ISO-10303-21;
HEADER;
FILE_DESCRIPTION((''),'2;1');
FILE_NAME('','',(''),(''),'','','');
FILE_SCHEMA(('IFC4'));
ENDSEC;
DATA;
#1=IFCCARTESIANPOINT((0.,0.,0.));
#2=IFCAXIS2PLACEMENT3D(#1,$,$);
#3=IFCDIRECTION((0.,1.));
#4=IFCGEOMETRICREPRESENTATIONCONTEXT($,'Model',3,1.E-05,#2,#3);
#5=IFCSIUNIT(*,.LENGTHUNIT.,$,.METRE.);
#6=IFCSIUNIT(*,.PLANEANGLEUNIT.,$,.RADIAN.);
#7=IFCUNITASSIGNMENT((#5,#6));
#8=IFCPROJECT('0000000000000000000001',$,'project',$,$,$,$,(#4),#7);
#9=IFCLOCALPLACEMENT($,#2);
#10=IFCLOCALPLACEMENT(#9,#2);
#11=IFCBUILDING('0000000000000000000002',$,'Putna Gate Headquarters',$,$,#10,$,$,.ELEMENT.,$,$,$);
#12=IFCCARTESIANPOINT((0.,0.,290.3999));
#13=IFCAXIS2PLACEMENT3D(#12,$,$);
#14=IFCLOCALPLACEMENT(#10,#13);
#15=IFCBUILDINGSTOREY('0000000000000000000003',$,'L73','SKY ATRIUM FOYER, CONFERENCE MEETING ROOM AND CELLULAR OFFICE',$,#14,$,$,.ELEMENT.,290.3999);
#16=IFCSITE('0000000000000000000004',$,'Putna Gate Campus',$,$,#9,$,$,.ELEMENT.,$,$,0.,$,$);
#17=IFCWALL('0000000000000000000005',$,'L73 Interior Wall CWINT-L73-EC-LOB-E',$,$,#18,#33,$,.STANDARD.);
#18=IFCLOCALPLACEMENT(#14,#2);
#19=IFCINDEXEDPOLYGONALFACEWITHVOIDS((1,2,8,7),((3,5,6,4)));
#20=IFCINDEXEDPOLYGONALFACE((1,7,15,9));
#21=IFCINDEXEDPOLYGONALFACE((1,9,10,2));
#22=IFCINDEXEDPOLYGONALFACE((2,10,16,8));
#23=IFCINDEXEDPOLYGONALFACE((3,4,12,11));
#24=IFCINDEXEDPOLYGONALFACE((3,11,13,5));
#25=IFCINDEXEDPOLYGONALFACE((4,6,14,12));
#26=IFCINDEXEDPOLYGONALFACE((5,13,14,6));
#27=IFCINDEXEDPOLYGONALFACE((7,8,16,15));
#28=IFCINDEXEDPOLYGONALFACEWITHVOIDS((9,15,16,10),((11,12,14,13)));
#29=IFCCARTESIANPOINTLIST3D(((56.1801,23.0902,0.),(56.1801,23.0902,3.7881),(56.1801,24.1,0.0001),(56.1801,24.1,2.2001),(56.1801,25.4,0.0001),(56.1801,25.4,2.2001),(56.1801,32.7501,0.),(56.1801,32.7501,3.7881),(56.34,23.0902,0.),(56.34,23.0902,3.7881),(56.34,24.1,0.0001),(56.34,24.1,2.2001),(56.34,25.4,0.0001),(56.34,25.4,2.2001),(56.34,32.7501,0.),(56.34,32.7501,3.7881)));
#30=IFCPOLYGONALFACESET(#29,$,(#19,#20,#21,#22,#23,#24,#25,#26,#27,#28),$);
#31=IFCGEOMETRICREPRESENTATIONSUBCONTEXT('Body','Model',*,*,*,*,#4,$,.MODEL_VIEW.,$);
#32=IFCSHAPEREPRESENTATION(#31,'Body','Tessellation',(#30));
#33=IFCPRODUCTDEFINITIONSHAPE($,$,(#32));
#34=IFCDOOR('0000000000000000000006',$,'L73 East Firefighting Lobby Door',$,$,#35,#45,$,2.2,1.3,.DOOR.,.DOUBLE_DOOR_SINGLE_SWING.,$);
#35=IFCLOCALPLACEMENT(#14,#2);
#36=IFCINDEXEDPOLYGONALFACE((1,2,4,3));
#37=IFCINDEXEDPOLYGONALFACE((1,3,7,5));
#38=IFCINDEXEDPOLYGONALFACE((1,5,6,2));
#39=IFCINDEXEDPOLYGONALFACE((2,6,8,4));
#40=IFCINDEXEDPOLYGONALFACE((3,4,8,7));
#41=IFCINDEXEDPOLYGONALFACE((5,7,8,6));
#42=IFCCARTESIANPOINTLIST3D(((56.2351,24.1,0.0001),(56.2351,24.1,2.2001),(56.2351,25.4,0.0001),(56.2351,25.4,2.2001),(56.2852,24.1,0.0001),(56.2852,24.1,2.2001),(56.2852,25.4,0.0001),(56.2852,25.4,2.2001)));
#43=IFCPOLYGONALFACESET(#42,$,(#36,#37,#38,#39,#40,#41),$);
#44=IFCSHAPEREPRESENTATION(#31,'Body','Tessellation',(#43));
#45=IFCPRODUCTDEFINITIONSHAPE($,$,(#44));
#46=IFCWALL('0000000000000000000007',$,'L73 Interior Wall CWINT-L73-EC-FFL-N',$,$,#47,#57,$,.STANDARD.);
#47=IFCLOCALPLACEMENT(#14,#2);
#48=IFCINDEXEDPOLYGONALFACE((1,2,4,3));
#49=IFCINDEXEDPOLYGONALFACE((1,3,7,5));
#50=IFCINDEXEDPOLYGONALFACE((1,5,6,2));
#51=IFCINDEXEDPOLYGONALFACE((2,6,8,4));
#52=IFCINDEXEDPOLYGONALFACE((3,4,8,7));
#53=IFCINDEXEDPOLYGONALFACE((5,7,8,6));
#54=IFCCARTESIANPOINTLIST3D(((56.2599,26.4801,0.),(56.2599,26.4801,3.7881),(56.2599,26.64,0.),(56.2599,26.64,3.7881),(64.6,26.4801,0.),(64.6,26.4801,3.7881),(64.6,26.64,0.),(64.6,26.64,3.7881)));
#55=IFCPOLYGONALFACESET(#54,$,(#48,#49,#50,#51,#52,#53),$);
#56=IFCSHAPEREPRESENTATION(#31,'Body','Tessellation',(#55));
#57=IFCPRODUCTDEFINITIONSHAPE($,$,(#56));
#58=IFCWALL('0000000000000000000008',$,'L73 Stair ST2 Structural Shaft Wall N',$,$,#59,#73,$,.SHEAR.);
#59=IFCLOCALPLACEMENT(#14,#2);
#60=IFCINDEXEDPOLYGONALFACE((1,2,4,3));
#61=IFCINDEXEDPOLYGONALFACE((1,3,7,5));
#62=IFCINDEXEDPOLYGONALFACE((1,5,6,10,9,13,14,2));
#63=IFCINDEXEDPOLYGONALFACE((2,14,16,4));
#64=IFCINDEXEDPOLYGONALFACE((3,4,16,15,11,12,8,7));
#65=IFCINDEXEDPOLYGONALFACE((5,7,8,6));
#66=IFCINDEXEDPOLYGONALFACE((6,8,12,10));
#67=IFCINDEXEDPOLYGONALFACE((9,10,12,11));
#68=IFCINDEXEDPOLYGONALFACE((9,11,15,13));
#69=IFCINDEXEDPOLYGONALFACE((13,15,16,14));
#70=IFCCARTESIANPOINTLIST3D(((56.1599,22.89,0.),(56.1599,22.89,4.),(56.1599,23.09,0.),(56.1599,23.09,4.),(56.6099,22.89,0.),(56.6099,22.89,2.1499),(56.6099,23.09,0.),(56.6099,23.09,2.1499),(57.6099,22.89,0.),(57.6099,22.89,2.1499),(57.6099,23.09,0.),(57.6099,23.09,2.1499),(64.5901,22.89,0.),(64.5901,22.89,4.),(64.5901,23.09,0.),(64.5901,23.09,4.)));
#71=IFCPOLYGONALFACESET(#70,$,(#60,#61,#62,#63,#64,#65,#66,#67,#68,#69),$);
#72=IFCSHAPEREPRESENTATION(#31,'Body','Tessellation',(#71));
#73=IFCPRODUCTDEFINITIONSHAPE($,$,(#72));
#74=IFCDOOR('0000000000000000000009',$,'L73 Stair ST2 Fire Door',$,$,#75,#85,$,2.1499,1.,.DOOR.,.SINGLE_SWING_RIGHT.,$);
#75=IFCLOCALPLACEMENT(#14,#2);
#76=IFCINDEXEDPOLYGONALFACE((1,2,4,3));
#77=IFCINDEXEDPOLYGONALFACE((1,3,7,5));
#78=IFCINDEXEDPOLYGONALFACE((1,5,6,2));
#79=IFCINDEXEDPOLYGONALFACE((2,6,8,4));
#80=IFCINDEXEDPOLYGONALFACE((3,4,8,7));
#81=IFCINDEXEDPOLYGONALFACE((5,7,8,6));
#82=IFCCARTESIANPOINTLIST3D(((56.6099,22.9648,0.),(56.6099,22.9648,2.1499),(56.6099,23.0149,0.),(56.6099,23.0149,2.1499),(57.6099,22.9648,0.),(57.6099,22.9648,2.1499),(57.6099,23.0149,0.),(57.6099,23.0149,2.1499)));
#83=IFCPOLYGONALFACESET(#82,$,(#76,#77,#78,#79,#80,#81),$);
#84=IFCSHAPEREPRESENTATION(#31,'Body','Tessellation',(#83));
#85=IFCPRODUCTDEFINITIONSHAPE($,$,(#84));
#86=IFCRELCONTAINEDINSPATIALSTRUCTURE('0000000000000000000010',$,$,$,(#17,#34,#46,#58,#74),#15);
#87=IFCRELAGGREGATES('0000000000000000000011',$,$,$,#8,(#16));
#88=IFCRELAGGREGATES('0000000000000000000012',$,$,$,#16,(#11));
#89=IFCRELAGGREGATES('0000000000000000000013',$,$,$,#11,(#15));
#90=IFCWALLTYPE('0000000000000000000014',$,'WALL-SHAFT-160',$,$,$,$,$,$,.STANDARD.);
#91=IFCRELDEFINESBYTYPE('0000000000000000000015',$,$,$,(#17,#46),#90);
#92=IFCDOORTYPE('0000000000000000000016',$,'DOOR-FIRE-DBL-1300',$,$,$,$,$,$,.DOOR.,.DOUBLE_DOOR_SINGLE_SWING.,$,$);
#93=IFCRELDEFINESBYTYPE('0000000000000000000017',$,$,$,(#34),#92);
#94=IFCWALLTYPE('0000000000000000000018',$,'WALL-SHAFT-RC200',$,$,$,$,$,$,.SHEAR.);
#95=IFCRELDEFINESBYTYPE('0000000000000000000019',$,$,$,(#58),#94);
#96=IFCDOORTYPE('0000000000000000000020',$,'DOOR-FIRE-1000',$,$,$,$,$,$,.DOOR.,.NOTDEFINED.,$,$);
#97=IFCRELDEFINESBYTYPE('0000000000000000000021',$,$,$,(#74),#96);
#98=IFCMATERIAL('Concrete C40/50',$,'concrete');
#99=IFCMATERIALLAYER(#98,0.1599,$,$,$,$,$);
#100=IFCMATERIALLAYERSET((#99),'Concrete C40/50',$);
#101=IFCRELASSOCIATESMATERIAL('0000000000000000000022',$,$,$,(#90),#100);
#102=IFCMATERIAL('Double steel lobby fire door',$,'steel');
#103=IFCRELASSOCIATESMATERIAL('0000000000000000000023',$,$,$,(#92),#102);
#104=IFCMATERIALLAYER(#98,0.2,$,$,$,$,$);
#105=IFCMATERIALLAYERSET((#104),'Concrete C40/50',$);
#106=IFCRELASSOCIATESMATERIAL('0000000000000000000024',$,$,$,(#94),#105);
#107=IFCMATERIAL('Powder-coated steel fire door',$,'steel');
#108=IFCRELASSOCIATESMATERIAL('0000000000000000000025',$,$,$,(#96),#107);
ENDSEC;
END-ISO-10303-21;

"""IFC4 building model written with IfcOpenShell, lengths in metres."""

from ifc_helpers import new_model, si_unit, direction, frame, frame_2d, origin, place, context, subcontext, project, spatial, rectangle, extrude, material, layer, layer_set, type_object, element, fill, save


model = new_model("IFC4")

# Units and contexts
model_context = context("Model", 3, precision=1e-05, world=origin(), true_north=direction((0.0, 1.0)))
body_context = subcontext(model_context, "Body", "Model", "MODEL_VIEW")
ifc_project = project(units=[si_unit("LENGTHUNIT", "METRE"), si_unit("PLANEANGLEUNIT", "RADIAN")], contexts=[model_context])

# Site, building, storey
site_placement = place(None, origin())
site = spatial("IfcSite", under=ifc_project, at=site_placement, Name="Putna Gate Campus", CompositionType="ELEMENT", RefElevation=0.0)
building_placement = place(site_placement, origin())
building = spatial("IfcBuilding", under=site, at=building_placement, Name="Putna Gate Headquarters", CompositionType="ELEMENT")
storey_placement = place(building_placement, frame((0.0, 0.0, 290.3999)))
storey = spatial("IfcBuildingStorey", under=building, at=storey_placement, Name="L73", Description="SKY ATRIUM FOYER, CONFERENCE MEETING ROOM AND CELLULAR OFFICE", CompositionType="ELEMENT", Elevation=290.3999)

# Wall, opening, door
ifc_material_1 = material(Name="Concrete C40/50", Category="concrete")
ifc_layer_1 = layer(ifc_material_1, 0.1599)
ifc_layer_set_1 = layer_set([ifc_layer_1], Name="Concrete C40/50")
wall_type_1 = type_object("IfcWallType", Name="WALL-SHAFT-160", PredefinedType="STANDARD", material=ifc_layer_set_1)
wall_1_placement = place(storey_placement, frame((56.26, 23.0901, 0.0), z_axis=(0.0, 0.0, 1.0), x_axis=(0.0, 1.0, 0.0)))
wall_1 = element("IfcWall", 1, at=wall_1_placement, inside=storey, type_object=wall_type_1, Name="L73 Interior Wall CWINT-L73-EC-LOB-E", PredefinedType="STANDARD", context=body_context, shape_type="SweptSolid", body=[
    extrude(rectangle(XDim=9.6599, YDim=0.1599, at=frame_2d((4.8301, 0.0))), origin(), (0.0, 0.0, 1.0), 3.7881),
])
opening_1_placement = place(wall_1_placement, frame((1.01, 0.0, 0.0)))
opening_1 = element("IfcOpeningElement", 2, at=opening_1_placement, cuts=wall_1, PredefinedType="OPENING", context=body_context, shape_type="SweptSolid", body=[
    extrude(rectangle(XDim=1.3, YDim=2.2, at=frame_2d((0.6499, 1.1001))), frame((0.0, 0.0898, 0.0), z_axis=(0.0, -1.0, 0.0), x_axis=(1.0, 0.0, 0.0)), (0.0, 0.0, 1.0), 0.1799),
])
ifc_material_2 = material(Name="Double steel lobby fire door", Category="steel")
door_type_1 = type_object("IfcDoorType", Name="DOOR-FIRE-DBL-1300", OperationType="DOUBLE_DOOR_SINGLE_SWING", PredefinedType="DOOR", material=ifc_material_2)
door_1_placement = place(opening_1_placement, origin())
door_1 = element("IfcDoor", 3, at=door_1_placement, inside=storey, type_object=door_type_1, Name="L73 East Firefighting Lobby Door", OperationType="DOUBLE_DOOR_SINGLE_SWING", OverallHeight=2.2, OverallWidth=1.3, PredefinedType="DOOR", context=body_context, shape_type="SweptSolid", body=[
    extrude(rectangle(XDim=1.3, YDim=2.2, at=frame_2d((0.6499, 1.1001))), frame((0.0, 0.0249, 0.0), z_axis=(0.0, -1.0, 0.0), x_axis=(1.0, 0.0, 0.0)), (0.0, 0.0, 1.0), 0.05),
])
fill(opening_1, door_1)

# Wall
wall_2_placement = place(storey_placement, frame((56.26, 26.5601, 0.0), z_axis=(0.0, 0.0, 1.0), x_axis=(1.0, 0.0, 0.0)))
element("IfcWall", 4, at=wall_2_placement, inside=storey, type_object=wall_type_1, Name="L73 Interior Wall CWINT-L73-EC-FFL-N", PredefinedType="STANDARD", context=body_context, shape_type="SweptSolid", body=[
    extrude(rectangle(XDim=8.3401, YDim=0.1599, at=frame_2d((4.1699, 0.0))), origin(), (0.0, 0.0, 1.0), 3.7881),
])

# Wall, opening, door
ifc_layer_2 = layer(ifc_material_1, 0.2)
ifc_layer_set_2 = layer_set([ifc_layer_2], Name="Concrete C40/50")
wall_type_2 = type_object("IfcWallType", Name="WALL-SHAFT-RC200", PredefinedType="SHEAR", material=ifc_layer_set_2)
wall_3_placement = place(storey_placement, frame((56.1599, 22.99, 0.0), z_axis=(0.0, 0.0, 1.0), x_axis=(1.0, 0.0, 0.0)))
wall_3 = element("IfcWall", 5, at=wall_3_placement, inside=storey, type_object=wall_type_2, Name="L73 Stair ST2 Structural Shaft Wall N", PredefinedType="SHEAR", context=body_context, shape_type="SweptSolid", body=[
    extrude(rectangle(XDim=8.4302, YDim=0.2, at=frame_2d((4.2151, 0.0))), origin(), (0.0, 0.0, 1.0), 4.0),
])
opening_2_placement = place(wall_3_placement, frame((0.45, 0.0, 0.0)))
opening_2 = element("IfcOpeningElement", 6, at=opening_2_placement, cuts=wall_3, PredefinedType="OPENING", context=body_context, shape_type="SweptSolid", body=[
    extrude(rectangle(XDim=1.0, YDim=2.1499, at=frame_2d((0.5, 1.075))), frame((0.0, 0.1099, 0.0), z_axis=(0.0, -1.0, 0.0), x_axis=(1.0, 0.0, 0.0)), (0.0, 0.0, 1.0), 0.22),
])
ifc_material_3 = material(Name="Powder-coated steel fire door", Category="steel")
door_type_2 = type_object("IfcDoorType", Name="DOOR-FIRE-1000", OperationType="NOTDEFINED", PredefinedType="DOOR", material=ifc_material_3)
door_2_placement = place(opening_2_placement, origin())
door_2 = element("IfcDoor", 7, at=door_2_placement, inside=storey, type_object=door_type_2, Name="L73 Stair ST2 Fire Door", OperationType="SINGLE_SWING_RIGHT", OverallHeight=2.1499, OverallWidth=1.0, PredefinedType="DOOR", context=body_context, shape_type="SweptSolid", body=[
    extrude(rectangle(XDim=1.0, YDim=2.1499, at=frame_2d((0.5, 1.075))), frame((0.0, 0.0249, 0.0), z_axis=(0.0, -1.0, 0.0), x_axis=(1.0, 0.0, 0.0)), (0.0, 0.0, 1.0), 0.05),
])
fill(opening_2, door_2)

save(model, "model.ifc")
